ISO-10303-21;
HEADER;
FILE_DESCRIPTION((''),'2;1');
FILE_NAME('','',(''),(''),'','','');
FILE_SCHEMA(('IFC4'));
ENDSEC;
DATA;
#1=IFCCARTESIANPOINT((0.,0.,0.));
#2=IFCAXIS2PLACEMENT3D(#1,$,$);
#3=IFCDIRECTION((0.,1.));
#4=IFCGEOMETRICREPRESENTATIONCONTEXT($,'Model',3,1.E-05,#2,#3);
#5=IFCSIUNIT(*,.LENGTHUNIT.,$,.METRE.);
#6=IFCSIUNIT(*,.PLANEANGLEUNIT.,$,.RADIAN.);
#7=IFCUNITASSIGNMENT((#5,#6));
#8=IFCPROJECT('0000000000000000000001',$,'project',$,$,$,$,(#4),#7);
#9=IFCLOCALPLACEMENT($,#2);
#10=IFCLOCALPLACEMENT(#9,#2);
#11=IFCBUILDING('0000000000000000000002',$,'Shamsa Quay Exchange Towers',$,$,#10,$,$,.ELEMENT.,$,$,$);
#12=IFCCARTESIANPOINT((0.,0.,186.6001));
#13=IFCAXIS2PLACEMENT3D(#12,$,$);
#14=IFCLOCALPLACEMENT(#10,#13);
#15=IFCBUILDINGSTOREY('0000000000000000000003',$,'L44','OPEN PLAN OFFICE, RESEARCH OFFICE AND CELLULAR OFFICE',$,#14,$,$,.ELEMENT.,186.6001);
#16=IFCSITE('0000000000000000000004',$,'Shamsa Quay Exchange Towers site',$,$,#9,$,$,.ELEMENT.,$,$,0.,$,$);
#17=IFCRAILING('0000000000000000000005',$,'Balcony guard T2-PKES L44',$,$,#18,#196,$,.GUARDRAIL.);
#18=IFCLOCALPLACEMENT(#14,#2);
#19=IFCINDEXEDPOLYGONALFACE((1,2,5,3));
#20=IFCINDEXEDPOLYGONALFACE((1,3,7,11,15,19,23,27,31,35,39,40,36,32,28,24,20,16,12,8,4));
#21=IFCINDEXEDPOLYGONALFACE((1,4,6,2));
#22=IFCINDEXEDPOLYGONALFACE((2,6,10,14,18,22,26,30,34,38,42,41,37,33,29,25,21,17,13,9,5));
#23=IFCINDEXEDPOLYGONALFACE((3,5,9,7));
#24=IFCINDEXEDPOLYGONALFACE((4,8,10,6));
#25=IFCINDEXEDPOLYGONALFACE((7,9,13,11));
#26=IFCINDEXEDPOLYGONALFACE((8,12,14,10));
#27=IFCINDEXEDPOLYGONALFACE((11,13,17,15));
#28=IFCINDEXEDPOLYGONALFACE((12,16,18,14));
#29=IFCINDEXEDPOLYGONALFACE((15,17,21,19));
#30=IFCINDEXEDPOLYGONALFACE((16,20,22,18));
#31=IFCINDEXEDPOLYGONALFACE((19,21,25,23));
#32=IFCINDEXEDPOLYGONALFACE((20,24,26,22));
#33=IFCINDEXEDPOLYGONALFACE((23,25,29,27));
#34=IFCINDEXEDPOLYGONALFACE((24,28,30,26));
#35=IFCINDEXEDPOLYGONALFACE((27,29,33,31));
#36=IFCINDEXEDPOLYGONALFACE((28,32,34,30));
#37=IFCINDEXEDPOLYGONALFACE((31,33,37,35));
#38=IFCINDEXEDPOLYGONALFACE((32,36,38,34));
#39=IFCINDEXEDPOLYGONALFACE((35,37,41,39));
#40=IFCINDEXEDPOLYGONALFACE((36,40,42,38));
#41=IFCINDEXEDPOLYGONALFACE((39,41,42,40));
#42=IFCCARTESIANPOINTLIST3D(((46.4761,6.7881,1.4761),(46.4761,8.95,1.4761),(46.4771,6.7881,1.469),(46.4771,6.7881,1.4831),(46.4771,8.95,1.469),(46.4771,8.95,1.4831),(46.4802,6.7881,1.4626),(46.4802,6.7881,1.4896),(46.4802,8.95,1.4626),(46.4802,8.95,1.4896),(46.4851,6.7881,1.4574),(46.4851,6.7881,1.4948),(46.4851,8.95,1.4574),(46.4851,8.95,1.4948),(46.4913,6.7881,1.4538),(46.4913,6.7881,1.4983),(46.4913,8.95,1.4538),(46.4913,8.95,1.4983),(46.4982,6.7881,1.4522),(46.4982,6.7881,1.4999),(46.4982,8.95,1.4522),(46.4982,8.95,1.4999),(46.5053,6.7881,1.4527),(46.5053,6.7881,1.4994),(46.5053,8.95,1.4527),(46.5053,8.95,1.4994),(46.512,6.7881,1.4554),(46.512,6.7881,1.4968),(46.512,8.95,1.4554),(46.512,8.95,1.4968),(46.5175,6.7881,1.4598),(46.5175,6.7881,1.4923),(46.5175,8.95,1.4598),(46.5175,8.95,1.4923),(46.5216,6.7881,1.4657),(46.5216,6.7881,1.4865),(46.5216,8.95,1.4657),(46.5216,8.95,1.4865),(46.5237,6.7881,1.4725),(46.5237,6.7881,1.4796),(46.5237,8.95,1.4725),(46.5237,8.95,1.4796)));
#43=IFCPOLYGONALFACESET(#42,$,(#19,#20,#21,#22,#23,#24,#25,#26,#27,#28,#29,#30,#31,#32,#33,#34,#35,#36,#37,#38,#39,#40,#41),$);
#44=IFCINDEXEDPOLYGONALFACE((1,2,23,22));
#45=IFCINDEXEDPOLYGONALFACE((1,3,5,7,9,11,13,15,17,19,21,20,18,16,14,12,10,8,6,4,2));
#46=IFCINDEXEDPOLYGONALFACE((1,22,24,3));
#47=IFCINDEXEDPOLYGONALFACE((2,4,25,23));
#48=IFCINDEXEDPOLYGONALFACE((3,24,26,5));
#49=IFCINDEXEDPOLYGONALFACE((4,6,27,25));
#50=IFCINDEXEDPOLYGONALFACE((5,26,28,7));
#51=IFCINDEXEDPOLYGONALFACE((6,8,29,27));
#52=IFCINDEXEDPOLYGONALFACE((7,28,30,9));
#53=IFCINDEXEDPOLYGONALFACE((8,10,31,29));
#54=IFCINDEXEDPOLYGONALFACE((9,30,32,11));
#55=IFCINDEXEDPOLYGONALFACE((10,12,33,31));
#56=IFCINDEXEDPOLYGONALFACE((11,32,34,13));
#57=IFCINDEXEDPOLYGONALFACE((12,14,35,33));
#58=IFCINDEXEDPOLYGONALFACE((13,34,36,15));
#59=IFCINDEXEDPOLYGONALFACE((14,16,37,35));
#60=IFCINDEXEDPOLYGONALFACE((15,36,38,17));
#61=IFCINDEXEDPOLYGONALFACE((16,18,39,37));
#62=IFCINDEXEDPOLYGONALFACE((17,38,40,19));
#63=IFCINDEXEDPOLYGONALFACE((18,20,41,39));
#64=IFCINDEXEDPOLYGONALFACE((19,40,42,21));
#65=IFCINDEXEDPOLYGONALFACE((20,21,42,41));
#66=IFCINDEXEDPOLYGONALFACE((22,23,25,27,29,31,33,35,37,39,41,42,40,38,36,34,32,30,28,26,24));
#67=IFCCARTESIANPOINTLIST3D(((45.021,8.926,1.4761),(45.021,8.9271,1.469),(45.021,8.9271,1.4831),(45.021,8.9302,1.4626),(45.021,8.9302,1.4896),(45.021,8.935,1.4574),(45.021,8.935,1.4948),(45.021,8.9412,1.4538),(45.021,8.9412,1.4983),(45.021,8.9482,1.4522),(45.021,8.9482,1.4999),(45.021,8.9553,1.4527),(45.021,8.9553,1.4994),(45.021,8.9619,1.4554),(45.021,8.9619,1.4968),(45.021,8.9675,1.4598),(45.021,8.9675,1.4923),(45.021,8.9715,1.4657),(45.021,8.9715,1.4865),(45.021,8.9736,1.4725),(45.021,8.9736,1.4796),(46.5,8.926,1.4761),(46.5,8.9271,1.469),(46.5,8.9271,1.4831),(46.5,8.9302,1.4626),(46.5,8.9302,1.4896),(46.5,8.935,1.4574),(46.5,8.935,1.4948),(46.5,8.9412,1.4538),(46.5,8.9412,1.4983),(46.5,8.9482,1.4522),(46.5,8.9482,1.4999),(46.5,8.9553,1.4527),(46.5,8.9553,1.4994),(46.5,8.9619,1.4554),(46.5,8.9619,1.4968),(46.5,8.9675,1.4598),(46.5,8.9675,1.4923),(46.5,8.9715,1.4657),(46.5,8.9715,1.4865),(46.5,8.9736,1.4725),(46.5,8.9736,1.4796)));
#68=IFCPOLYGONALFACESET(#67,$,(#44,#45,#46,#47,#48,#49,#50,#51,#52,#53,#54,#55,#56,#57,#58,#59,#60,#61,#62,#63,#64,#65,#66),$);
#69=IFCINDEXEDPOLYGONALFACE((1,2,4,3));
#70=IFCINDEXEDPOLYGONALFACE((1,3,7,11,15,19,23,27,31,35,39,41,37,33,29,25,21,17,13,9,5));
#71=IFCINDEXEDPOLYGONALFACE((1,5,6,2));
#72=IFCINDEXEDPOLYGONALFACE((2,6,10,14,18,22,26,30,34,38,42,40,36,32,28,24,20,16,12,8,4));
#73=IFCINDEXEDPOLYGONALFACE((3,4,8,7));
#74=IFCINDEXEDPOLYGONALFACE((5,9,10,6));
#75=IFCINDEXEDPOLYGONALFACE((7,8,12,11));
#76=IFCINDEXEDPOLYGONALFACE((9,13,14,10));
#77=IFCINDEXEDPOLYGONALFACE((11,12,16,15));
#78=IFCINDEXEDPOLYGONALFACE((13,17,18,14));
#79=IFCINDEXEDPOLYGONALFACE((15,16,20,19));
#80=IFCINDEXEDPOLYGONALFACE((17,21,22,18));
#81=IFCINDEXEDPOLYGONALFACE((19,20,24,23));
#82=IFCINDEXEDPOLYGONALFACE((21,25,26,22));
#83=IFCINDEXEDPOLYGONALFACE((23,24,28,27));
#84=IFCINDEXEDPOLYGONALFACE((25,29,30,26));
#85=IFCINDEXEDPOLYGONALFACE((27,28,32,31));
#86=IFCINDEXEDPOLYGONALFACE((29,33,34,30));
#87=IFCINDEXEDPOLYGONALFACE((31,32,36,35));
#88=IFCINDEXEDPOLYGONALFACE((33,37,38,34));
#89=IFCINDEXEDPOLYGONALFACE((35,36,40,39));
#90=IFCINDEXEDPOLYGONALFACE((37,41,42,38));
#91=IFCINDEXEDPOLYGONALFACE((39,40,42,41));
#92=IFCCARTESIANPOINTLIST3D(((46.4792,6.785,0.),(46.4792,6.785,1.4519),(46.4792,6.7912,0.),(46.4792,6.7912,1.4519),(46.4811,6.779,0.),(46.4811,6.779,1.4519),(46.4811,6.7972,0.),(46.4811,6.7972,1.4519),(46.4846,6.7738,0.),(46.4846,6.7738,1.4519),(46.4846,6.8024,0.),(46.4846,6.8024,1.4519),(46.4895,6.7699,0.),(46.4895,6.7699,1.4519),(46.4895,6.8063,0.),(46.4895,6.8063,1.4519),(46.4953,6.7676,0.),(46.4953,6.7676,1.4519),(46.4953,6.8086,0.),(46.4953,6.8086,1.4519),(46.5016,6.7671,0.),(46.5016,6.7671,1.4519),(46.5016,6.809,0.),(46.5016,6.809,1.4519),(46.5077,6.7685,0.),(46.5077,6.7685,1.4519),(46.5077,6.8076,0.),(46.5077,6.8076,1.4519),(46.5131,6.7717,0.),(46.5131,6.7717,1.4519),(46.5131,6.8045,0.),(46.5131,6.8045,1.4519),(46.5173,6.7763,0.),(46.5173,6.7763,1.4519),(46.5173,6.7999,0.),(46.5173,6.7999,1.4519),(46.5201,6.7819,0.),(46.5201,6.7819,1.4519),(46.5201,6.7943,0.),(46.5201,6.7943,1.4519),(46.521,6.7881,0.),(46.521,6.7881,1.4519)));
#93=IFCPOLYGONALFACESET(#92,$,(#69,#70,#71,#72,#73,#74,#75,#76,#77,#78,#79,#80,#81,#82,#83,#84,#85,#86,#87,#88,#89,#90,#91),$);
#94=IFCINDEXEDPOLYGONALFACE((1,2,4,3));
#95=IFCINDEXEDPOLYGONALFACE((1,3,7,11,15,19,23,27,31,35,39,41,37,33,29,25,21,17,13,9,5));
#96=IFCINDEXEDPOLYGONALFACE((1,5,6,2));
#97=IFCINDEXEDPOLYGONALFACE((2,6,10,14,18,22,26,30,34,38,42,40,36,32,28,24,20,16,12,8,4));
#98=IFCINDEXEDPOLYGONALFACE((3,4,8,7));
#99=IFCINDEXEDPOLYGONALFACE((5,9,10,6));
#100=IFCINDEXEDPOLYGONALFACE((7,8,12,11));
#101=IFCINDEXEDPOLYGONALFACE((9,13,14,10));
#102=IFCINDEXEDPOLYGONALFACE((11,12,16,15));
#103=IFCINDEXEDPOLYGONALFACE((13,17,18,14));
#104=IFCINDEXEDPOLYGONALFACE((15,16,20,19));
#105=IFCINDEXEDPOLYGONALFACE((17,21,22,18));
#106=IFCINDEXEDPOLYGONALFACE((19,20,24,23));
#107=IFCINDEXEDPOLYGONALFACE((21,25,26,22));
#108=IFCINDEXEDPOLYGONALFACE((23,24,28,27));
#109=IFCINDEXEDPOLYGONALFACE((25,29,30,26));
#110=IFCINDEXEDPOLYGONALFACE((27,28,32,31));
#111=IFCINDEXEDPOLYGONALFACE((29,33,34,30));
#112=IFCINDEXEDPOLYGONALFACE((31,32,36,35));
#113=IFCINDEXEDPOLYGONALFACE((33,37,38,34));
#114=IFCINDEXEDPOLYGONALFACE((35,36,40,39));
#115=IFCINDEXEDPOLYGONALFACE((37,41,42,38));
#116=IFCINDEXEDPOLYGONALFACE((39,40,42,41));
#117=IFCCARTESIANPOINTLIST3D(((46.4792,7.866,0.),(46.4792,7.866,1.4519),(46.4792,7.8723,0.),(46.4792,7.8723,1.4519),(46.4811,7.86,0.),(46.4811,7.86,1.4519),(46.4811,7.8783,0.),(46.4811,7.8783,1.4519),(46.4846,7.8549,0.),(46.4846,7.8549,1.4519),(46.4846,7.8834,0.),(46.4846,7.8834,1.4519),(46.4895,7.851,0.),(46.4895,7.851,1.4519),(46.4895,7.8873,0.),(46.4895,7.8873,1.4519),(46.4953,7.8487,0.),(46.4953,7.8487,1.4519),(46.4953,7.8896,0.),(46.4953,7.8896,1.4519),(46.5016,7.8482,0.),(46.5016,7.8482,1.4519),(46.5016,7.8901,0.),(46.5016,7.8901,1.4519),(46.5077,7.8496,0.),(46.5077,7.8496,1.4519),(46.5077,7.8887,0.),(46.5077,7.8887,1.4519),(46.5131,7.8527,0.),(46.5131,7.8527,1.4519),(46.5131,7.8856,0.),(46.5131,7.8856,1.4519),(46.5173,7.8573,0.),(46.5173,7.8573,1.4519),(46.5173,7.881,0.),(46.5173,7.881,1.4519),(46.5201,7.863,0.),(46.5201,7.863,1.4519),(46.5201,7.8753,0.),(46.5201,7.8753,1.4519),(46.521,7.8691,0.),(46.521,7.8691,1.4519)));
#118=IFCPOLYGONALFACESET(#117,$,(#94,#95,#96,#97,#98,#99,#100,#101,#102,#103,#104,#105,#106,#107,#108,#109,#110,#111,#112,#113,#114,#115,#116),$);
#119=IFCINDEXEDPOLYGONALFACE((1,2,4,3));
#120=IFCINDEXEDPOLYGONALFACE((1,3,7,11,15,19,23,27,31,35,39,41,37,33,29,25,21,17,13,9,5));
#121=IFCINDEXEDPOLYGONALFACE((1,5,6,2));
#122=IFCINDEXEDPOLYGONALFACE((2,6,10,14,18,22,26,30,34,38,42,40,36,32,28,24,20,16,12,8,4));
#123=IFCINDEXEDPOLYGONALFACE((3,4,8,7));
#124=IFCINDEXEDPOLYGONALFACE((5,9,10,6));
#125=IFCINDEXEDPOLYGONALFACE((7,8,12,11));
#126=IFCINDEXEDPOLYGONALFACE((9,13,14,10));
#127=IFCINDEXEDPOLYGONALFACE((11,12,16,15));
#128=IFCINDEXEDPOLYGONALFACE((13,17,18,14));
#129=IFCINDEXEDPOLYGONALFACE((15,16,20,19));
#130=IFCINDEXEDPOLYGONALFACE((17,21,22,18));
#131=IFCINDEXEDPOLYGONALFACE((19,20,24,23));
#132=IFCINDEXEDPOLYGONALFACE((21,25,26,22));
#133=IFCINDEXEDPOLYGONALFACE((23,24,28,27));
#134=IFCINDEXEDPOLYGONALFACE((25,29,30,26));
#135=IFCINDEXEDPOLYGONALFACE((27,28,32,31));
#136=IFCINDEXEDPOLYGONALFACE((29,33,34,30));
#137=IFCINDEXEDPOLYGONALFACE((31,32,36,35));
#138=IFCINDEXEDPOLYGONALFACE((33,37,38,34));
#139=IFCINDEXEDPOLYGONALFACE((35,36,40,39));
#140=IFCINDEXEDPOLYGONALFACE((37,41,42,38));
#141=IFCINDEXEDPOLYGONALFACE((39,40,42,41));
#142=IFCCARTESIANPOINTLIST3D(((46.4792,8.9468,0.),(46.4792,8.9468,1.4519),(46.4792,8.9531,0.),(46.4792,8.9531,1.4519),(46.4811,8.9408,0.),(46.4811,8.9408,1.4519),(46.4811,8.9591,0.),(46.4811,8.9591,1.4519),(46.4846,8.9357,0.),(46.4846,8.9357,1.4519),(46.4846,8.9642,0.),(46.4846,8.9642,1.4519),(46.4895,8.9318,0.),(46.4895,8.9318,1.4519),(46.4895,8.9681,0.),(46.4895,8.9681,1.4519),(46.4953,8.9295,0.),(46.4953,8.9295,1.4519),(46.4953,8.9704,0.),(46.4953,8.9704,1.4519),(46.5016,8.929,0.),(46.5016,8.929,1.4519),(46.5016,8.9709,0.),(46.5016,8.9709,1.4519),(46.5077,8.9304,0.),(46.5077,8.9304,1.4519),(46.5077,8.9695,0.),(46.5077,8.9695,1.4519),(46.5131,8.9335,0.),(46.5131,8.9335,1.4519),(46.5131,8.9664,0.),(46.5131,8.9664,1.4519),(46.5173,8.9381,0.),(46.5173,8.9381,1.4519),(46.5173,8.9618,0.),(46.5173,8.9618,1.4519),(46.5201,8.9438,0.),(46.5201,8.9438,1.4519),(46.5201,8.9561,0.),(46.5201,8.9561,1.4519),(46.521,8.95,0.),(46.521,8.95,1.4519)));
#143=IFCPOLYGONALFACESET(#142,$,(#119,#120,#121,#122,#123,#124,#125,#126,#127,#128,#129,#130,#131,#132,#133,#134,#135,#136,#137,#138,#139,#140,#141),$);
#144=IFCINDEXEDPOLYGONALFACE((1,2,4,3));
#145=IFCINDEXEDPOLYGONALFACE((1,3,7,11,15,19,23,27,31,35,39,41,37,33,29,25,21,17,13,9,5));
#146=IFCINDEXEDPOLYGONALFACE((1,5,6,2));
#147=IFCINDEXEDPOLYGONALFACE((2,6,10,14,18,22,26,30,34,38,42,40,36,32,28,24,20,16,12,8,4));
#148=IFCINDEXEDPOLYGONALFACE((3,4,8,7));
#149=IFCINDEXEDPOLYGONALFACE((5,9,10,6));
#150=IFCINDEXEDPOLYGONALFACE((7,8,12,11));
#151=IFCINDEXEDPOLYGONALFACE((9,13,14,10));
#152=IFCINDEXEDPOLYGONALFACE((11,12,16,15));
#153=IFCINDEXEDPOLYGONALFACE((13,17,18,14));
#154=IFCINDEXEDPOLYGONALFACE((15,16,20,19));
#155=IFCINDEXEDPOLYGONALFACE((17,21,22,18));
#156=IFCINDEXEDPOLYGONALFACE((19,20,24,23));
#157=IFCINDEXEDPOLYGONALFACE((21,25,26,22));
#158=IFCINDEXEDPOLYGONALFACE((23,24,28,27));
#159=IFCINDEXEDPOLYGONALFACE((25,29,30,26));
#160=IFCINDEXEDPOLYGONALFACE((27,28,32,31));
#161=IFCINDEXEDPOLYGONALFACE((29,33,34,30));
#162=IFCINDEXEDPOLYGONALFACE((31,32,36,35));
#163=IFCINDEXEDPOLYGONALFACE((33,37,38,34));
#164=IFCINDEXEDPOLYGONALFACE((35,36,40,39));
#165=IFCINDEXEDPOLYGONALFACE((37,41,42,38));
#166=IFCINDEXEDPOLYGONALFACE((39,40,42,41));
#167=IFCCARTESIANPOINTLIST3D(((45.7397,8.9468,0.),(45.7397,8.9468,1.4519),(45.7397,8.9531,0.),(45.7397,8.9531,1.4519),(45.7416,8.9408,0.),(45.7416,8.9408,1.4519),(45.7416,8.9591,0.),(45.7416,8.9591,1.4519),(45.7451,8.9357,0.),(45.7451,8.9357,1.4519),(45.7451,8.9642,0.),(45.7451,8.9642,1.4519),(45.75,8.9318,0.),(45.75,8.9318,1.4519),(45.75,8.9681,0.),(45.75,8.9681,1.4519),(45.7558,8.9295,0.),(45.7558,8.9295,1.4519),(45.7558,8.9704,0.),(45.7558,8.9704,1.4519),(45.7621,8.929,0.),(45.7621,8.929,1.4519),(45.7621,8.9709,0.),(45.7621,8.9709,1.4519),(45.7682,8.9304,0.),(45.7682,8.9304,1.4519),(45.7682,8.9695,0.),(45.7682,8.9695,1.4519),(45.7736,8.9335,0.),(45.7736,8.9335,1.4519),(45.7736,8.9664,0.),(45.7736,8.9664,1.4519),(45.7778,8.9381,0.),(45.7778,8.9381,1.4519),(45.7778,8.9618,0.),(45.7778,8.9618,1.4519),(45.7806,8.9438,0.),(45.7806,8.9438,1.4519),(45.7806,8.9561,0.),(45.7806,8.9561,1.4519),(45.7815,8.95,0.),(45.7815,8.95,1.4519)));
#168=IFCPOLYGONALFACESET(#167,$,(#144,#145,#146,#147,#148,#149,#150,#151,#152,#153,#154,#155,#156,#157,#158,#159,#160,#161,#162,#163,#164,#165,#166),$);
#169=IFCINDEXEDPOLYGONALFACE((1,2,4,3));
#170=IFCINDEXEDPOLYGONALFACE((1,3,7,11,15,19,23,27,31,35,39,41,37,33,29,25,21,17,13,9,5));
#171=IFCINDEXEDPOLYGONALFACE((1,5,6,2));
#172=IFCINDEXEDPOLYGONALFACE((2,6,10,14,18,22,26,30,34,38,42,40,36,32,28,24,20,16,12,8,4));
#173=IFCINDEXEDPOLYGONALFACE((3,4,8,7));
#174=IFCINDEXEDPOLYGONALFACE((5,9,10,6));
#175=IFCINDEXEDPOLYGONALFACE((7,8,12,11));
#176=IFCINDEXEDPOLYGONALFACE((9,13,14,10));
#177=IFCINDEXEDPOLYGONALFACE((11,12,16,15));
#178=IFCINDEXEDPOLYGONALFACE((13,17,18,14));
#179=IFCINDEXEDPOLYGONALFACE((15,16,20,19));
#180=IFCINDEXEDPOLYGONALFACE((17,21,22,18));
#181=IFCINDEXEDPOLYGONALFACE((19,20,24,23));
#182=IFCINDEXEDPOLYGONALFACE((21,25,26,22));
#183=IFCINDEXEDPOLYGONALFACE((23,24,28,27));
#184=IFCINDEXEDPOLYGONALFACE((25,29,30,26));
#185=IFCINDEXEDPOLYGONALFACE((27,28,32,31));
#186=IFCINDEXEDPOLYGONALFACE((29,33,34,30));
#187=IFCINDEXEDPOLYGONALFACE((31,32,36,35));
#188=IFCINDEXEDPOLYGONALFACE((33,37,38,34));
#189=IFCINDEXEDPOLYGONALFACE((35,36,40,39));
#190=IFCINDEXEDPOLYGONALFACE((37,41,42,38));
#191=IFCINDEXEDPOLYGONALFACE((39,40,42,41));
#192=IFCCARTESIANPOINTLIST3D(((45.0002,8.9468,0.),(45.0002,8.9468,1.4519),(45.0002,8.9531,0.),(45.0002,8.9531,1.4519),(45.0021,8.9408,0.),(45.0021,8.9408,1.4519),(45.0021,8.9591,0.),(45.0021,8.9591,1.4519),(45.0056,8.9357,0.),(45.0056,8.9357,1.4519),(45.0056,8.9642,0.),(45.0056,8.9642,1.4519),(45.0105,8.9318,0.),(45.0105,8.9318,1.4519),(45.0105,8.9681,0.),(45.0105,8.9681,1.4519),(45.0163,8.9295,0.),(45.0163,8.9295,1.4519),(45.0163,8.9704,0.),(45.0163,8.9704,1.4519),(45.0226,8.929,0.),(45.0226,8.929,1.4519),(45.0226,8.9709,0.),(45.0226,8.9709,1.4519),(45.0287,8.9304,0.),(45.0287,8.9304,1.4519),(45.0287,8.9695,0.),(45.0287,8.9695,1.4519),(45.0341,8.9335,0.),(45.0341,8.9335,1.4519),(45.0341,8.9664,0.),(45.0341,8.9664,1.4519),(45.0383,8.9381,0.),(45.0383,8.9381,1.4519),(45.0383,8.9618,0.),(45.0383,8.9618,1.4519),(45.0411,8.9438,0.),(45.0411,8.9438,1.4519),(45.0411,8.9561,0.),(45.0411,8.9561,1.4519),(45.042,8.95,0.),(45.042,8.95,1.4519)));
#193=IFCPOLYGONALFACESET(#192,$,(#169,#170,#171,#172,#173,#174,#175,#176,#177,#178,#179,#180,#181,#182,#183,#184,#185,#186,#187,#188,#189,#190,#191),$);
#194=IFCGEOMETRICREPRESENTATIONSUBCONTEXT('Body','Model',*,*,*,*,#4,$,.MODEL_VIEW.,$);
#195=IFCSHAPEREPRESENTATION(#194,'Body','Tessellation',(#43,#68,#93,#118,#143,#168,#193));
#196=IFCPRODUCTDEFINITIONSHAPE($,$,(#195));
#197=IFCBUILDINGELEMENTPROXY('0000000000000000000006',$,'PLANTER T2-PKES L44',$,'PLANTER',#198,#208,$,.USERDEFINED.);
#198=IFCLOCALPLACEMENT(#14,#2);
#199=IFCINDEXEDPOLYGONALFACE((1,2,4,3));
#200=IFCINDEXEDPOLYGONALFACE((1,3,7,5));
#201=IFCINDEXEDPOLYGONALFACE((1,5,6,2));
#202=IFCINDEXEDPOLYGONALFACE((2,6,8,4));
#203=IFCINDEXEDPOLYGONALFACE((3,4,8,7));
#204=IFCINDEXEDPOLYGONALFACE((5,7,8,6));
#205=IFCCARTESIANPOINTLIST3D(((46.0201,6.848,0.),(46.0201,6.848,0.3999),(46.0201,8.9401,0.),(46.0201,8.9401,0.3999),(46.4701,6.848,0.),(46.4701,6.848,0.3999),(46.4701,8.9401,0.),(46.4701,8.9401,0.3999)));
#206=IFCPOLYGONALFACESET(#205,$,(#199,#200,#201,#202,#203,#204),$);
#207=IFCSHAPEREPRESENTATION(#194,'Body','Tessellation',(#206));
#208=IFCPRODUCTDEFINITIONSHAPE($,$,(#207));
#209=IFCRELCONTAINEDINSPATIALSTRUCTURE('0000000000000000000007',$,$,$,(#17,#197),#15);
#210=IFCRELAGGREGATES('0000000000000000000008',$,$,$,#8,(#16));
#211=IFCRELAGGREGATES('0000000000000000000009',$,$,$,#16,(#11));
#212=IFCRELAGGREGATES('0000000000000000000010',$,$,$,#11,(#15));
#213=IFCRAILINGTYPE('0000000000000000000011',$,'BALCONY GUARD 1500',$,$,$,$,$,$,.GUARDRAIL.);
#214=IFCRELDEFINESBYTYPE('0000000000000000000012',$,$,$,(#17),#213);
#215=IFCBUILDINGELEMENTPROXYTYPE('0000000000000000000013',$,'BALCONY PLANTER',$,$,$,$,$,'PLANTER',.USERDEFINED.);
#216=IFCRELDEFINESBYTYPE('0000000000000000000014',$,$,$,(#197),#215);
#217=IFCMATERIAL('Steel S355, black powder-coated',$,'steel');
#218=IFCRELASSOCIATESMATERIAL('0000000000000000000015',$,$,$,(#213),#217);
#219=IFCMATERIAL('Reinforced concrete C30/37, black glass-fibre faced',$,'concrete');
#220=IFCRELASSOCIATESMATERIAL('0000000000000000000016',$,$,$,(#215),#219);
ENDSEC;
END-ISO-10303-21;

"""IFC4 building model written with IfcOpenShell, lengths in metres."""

from ifc_helpers import new_model, si_unit, direction, frame, origin, origin_2d, place, context, subcontext, project, spatial, rectangle, circle, extrude, material, type_object, element, save


model = new_model("IFC4")

# Units and contexts
model_context = context("Model", 3, precision=1e-05, world=origin(), true_north=direction((0.0, 1.0)))
body_context = subcontext(model_context, "Body", "Model", "MODEL_VIEW")
ifc_project = project(units=[si_unit("LENGTHUNIT", "METRE"), si_unit("PLANEANGLEUNIT", "RADIAN")], contexts=[model_context])

# Site, building, storey
site_placement = place(None, origin())
site = spatial("IfcSite", under=ifc_project, at=site_placement, Name="Shamsa Quay Exchange Towers site", CompositionType="ELEMENT", RefElevation=0.0)
building_placement = place(site_placement, origin())
building = spatial("IfcBuilding", under=site, at=building_placement, Name="Shamsa Quay Exchange Towers", CompositionType="ELEMENT")
storey_placement = place(building_placement, frame((0.0, 0.0, 186.6001)))
storey = spatial("IfcBuildingStorey", under=building, at=storey_placement, Name="L44", Description="OPEN PLAN OFFICE, RESEARCH OFFICE AND CELLULAR OFFICE", CompositionType="ELEMENT", Elevation=186.6001)

# Railing
ifc_material_1 = material(Name="Steel S355, black powder-coated", Category="steel")
railing_type_1 = type_object("IfcRailingType", Name="BALCONY GUARD 1500", PredefinedType="GUARDRAIL", material=ifc_material_1)
for number, where, name in (
    (1, (46.5, 6.7881, 0.0), "Balcony guard T2-PKES L44"),
):
    element("IfcRailing", number, at=place(storey_placement, frame(where)), inside=storey, type_object=railing_type_1, Name=name, PredefinedType="GUARDRAIL", context=body_context, shape_type="SweptSolid", body=[
        extrude(circle(Radius=0.0239, at=origin_2d()), frame((0.0, 0.0, 1.4761), z_axis=(0.0, 1.0, 0.0), x_axis=(-1.0, 0.0, 0.0)), (0.0, 0.0, 1.0), 2.1619),
        extrude(circle(Radius=0.0239, at=origin_2d()), frame((0.0, 2.1619, 1.4761), z_axis=(-1.0, 0.0, 0.0), x_axis=(0.0, -1.0, 0.0)), (0.0, 0.0, 1.0), 1.479),
        extrude(circle(Radius=0.021, at=origin_2d()), origin(), (0.0, 0.0, 1.0), 1.4519),
        extrude(circle(Radius=0.021, at=origin_2d()), frame((0.0, 1.0811, 0.0)), (0.0, 0.0, 1.0), 1.4519),
        extrude(circle(Radius=0.021, at=origin_2d()), frame((0.0, 2.1619, 0.0)), (0.0, 0.0, 1.0), 1.4519),
        extrude(circle(Radius=0.021, at=origin_2d()), frame((-0.7395, 2.1619, 0.0)), (0.0, 0.0, 1.0), 1.4519),
        extrude(circle(Radius=0.021, at=origin_2d()), frame((-1.479, 2.1619, 0.0)), (0.0, 0.0, 1.0), 1.4519),
    ])

# Building element proxy
ifc_material_2 = material(Name="Reinforced concrete C30/37, black glass-fibre faced", Category="concrete")
building_element_proxy_type = type_object("IfcBuildingElementProxyType", Name="BALCONY PLANTER", ElementType="PLANTER", PredefinedType="USERDEFINED", material=ifc_material_2)
proxy_placement = place(storey_placement, frame((46.2451, 7.894, 0.0), z_axis=(0.0, 0.0, 1.0), x_axis=(0.0, 1.0, 0.0)))
element("IfcBuildingElementProxy", 2, at=proxy_placement, inside=storey, type_object=building_element_proxy_type, Name="PLANTER T2-PKES L44", ObjectType="PLANTER", PredefinedType="USERDEFINED", context=body_context, shape_type="SweptSolid", body=[
    extrude(rectangle(XDim=2.092, YDim=0.45, at=origin_2d()), origin(), (0.0, 0.0, 1.0), 0.3999),
])

save(model, "model.ifc")
